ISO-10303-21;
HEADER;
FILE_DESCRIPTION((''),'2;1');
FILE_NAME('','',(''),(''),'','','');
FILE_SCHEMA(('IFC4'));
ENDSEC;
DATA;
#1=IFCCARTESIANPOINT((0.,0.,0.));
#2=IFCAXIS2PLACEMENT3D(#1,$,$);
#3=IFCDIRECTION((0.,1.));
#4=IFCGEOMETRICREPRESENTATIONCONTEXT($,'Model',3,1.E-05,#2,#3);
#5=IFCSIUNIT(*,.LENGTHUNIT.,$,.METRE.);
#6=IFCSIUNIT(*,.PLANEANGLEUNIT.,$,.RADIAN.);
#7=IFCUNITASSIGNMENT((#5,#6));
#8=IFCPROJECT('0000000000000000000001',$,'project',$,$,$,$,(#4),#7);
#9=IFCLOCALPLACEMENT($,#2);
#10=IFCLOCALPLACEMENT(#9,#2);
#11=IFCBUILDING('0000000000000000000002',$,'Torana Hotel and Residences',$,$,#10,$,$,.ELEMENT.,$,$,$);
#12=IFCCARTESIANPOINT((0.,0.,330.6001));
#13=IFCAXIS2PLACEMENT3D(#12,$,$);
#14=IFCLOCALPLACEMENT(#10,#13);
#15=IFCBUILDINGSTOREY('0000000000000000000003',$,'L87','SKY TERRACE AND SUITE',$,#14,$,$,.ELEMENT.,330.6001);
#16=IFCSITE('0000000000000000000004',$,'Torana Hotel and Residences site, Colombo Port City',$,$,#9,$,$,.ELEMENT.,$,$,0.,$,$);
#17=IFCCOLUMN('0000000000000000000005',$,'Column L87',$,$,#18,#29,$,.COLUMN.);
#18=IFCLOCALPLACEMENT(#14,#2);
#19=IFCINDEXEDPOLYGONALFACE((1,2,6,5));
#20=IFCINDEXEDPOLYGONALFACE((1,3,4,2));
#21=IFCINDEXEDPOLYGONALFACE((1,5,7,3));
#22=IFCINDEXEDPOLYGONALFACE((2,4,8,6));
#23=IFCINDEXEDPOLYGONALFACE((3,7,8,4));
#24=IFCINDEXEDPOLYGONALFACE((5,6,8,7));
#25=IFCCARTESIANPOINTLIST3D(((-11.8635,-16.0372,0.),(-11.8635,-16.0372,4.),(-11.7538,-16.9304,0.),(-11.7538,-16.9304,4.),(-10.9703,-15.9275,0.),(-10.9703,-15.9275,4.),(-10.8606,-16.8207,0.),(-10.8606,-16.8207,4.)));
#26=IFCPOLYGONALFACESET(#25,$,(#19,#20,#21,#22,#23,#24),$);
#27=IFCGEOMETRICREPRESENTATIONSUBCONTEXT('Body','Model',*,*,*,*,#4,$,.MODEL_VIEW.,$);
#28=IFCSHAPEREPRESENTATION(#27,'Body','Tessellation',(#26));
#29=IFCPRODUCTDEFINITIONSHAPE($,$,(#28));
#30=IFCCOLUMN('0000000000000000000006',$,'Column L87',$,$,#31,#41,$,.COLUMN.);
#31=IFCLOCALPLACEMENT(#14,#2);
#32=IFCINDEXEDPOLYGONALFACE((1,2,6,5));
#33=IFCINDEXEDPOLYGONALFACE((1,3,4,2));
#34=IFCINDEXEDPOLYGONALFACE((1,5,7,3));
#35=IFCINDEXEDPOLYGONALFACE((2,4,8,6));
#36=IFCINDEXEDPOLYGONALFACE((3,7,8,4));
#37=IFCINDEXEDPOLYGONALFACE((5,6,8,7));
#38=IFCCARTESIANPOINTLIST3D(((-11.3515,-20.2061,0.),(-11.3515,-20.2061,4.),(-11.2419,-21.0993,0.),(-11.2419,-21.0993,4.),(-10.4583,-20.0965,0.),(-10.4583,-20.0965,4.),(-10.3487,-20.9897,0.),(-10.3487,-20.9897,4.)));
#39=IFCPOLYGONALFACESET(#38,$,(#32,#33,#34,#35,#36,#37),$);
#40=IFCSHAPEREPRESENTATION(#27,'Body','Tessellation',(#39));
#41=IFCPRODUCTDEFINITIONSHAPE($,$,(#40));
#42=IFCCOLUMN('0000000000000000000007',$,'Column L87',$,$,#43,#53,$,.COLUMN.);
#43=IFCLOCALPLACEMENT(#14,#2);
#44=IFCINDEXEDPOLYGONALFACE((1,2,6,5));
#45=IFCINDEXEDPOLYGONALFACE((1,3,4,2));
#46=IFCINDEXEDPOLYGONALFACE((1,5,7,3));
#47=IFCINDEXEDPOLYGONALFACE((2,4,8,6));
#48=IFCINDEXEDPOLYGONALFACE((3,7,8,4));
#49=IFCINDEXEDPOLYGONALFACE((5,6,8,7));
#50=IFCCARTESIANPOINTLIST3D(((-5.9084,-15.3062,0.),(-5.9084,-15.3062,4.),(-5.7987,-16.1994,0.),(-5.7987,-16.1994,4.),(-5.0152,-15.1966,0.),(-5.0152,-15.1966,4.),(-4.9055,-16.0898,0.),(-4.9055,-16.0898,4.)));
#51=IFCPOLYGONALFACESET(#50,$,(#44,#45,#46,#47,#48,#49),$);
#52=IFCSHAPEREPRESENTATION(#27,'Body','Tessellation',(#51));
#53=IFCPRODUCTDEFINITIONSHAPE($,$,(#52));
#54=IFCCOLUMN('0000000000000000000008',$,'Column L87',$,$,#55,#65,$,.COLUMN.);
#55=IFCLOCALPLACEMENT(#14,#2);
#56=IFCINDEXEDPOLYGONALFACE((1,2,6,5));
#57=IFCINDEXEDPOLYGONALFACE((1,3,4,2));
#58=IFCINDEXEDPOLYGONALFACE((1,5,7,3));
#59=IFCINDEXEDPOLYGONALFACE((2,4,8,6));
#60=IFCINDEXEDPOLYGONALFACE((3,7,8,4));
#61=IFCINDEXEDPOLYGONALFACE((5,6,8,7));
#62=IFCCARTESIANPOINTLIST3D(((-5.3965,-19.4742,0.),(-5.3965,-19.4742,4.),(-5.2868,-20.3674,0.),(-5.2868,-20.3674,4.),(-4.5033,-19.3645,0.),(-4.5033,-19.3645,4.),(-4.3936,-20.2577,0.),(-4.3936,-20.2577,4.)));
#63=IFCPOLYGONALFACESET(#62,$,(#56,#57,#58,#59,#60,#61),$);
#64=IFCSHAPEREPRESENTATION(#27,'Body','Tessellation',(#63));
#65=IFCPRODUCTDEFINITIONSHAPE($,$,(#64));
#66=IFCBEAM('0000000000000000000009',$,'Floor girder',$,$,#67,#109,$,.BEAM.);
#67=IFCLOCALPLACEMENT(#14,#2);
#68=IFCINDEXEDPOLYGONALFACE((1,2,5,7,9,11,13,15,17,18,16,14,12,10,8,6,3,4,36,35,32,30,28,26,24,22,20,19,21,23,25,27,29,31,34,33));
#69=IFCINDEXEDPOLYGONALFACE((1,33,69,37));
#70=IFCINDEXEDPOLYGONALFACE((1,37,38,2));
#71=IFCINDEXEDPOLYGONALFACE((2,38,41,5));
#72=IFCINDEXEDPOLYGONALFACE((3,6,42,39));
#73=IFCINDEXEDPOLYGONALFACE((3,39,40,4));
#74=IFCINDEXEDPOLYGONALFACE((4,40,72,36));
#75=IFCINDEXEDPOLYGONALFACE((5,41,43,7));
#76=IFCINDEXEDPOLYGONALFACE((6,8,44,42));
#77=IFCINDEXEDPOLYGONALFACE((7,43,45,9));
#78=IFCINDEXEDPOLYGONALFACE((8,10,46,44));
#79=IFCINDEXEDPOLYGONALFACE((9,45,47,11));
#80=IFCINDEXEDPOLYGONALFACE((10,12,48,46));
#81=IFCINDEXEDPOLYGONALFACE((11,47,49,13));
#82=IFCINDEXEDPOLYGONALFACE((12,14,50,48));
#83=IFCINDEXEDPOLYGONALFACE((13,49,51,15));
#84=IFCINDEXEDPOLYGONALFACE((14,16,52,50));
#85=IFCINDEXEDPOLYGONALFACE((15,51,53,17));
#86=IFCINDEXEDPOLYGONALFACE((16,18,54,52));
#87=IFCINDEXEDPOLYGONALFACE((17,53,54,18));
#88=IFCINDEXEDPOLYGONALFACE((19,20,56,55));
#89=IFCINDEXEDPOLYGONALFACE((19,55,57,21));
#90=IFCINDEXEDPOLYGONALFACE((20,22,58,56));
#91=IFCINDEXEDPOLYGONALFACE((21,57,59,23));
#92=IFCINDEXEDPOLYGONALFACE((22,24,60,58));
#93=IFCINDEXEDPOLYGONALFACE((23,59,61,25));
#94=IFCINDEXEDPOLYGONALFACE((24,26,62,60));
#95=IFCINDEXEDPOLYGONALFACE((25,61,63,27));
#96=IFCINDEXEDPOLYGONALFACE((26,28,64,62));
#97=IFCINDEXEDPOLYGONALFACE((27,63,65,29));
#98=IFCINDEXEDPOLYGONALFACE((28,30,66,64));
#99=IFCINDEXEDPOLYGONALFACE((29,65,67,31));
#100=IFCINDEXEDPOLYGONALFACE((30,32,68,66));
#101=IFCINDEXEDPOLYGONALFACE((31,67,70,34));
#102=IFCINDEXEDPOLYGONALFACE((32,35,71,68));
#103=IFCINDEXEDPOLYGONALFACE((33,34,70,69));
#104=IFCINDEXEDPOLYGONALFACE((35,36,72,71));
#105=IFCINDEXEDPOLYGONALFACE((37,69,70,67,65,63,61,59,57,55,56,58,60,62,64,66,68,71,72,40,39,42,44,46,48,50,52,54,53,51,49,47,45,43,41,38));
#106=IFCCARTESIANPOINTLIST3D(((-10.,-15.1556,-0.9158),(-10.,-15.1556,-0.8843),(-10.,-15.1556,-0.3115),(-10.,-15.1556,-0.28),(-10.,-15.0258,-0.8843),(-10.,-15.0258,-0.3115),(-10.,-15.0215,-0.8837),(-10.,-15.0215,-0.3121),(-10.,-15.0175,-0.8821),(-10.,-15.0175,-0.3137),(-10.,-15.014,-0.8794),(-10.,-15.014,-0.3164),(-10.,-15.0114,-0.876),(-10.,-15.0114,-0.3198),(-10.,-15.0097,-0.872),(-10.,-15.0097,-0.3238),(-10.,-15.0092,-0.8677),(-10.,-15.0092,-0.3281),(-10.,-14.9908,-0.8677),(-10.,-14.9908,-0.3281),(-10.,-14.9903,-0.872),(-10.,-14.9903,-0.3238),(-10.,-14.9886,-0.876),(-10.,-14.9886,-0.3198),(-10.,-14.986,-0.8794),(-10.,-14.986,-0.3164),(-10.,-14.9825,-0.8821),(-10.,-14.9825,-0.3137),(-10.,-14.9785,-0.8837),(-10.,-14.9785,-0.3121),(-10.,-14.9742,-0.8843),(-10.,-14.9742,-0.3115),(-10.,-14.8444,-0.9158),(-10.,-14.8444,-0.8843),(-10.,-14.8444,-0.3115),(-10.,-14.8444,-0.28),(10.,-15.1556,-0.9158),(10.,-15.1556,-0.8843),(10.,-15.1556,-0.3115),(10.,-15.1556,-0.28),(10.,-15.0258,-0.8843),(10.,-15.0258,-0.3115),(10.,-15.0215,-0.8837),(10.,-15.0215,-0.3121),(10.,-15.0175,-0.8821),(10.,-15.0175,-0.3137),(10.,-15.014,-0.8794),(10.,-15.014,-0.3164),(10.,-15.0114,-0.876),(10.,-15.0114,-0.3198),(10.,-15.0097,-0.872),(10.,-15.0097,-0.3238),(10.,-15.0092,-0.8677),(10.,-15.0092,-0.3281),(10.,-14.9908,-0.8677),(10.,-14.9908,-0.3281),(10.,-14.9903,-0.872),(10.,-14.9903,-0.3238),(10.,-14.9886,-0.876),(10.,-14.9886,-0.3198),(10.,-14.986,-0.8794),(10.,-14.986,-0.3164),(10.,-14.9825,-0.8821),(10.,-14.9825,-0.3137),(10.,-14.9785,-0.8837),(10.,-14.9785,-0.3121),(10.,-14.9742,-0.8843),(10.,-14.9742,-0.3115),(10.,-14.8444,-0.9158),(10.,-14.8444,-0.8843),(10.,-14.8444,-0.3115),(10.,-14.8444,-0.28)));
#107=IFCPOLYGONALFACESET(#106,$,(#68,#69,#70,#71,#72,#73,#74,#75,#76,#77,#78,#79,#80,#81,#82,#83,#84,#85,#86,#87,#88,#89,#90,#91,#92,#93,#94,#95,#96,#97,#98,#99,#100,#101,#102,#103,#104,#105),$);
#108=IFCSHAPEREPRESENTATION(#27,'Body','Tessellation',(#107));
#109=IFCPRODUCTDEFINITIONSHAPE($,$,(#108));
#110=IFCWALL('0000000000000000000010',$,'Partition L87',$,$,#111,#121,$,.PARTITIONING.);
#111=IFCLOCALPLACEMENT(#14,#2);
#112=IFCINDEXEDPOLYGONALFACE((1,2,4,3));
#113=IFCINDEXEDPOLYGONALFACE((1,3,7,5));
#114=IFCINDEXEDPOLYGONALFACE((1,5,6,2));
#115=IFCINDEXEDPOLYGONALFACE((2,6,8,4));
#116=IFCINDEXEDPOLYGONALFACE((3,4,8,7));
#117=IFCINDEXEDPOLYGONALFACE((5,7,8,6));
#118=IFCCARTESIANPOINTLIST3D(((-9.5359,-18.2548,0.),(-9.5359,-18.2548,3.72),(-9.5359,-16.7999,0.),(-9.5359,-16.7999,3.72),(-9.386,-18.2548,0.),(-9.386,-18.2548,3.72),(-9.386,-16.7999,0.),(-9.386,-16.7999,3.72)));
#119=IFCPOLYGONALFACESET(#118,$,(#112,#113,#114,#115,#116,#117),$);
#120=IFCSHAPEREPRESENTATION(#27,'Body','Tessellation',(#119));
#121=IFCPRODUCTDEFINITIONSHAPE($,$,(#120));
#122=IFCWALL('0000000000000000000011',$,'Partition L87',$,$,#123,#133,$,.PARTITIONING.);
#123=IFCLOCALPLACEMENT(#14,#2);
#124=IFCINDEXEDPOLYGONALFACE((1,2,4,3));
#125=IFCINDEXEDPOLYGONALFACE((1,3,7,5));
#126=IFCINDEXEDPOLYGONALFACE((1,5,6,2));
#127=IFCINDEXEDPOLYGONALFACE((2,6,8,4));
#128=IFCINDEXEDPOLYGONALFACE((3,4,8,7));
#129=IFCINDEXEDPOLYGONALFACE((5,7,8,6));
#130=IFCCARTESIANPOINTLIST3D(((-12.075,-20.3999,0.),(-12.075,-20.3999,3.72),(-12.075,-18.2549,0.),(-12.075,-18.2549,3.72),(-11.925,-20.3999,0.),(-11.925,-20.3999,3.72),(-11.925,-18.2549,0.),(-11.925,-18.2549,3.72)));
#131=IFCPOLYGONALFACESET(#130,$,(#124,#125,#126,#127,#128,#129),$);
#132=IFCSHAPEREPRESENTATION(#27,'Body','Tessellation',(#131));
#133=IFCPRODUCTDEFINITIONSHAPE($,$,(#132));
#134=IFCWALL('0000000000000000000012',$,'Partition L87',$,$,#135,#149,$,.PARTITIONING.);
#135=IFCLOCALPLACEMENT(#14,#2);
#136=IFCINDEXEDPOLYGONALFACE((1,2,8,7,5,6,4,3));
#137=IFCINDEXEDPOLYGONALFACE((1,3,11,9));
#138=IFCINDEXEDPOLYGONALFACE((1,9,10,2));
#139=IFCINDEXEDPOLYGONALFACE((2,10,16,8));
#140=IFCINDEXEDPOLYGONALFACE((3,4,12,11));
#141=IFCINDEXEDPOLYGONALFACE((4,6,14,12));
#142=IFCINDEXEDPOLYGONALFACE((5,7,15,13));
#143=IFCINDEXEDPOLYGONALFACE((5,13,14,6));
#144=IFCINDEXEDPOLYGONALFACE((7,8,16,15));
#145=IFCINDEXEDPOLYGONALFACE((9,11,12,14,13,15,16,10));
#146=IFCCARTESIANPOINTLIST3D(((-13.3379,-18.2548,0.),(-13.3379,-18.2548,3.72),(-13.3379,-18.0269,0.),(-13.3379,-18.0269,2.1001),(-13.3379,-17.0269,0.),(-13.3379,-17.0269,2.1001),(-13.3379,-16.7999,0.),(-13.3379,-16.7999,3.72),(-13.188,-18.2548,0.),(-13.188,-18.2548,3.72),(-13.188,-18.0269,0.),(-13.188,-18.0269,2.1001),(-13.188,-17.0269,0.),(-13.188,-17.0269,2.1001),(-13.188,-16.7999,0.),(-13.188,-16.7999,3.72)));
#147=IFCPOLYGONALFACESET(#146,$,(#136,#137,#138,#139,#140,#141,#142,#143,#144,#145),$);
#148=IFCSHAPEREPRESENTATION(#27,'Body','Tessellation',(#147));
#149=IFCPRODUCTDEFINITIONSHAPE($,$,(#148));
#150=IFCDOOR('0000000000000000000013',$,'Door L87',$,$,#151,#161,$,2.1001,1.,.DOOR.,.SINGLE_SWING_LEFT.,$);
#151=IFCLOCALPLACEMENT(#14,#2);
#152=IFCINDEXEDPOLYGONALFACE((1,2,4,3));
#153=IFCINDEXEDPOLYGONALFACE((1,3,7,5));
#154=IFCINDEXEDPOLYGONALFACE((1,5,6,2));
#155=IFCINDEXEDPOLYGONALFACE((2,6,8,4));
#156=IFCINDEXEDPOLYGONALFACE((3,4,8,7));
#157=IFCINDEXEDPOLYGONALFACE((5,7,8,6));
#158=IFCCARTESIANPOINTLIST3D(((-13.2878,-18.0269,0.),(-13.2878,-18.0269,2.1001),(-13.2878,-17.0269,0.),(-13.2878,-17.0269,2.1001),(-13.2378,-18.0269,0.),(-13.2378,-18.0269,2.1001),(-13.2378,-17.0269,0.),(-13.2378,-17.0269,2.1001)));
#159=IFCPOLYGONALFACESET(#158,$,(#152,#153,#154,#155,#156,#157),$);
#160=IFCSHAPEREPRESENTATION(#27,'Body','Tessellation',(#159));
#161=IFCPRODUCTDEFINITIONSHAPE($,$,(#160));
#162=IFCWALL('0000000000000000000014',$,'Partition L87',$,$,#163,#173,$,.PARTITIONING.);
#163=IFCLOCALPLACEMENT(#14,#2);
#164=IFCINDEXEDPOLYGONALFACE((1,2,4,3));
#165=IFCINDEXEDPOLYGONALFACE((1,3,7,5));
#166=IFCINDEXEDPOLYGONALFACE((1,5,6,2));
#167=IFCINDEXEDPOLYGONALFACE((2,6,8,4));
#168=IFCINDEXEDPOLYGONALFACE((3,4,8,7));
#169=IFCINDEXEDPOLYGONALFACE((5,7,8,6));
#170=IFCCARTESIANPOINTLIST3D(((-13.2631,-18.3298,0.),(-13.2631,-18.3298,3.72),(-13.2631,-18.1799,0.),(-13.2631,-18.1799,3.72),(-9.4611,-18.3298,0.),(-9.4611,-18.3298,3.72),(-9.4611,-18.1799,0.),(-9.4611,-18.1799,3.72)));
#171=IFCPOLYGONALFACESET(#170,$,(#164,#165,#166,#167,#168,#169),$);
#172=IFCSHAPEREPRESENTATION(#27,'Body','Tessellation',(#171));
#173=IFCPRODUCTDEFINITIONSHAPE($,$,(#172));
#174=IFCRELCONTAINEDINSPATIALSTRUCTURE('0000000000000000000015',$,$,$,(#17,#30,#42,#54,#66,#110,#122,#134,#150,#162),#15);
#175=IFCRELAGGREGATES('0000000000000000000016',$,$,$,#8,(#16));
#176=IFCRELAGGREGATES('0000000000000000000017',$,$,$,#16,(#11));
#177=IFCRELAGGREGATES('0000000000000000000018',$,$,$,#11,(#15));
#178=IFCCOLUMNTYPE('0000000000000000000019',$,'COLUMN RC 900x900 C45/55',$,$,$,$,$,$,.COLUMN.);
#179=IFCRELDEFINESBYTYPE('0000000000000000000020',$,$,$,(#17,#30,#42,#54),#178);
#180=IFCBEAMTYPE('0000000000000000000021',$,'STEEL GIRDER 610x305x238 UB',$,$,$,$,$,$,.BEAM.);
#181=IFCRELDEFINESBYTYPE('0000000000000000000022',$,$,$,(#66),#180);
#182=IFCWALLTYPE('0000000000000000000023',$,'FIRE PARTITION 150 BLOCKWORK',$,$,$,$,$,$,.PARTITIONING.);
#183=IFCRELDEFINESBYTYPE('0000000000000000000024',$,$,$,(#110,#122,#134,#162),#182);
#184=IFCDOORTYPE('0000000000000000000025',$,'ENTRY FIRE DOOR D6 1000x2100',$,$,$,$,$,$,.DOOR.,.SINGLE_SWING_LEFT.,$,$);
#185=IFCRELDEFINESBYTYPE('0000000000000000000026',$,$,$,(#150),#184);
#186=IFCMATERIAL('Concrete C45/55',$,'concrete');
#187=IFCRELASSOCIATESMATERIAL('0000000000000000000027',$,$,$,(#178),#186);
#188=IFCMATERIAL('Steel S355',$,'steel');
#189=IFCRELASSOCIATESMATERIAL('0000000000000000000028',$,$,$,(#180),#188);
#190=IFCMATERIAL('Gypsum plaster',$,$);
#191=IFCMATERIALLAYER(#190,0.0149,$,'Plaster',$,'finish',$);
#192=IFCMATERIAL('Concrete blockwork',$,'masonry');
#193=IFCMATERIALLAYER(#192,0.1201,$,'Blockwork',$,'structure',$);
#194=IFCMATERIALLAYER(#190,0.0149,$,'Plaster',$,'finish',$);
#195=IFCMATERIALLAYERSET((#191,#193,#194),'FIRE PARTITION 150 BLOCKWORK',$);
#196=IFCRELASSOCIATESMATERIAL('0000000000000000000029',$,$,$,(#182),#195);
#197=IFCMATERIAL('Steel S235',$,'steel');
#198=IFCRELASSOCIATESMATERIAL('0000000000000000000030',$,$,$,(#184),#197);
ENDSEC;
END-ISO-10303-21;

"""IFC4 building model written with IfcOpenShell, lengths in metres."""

from ifc_helpers import new_model, si_unit, direction, frame, frame_2d, origin, origin_2d, place, context, subcontext, project, spatial, rectangle, i_section, extrude, material, layer, layer_set, material_profile, profile_set, type_object, element, fill, save


model = new_model("IFC4")

# Units and contexts
model_context = context("Model", 3, precision=1e-05, world=origin(), true_north=direction((0.0, 1.0)))
body_context = subcontext(model_context, "Body", "Model", "MODEL_VIEW")
ifc_project = project(units=[si_unit("LENGTHUNIT", "METRE"), si_unit("PLANEANGLEUNIT", "RADIAN")], contexts=[model_context])

# Site, building, storey
site_placement = place(None, origin())
site = spatial("IfcSite", under=ifc_project, at=site_placement, Name="Torana Hotel and Residences site, Colombo Port City", CompositionType="ELEMENT", RefElevation=0.0)
building_placement = place(site_placement, origin())
building = spatial("IfcBuilding", under=site, at=building_placement, Name="Torana Hotel and Residences", CompositionType="ELEMENT")
storey_placement = place(building_placement, frame((0.0, 0.0, 330.6001)))
storey = spatial("IfcBuildingStorey", under=building, at=storey_placement, Name="L87", Description="SKY TERRACE AND SUITE", CompositionType="ELEMENT", Elevation=330.6001)

# Columns
ifc_material_1 = material(Name="Concrete C45/55", Category="concrete")
ifc_material_profile_1 = material_profile(ifc_material_1, rectangle(XDim=0.8999, YDim=0.8999, at=origin_2d()), Name="RC 900x900")
ifc_profile_set_1 = profile_set([ifc_material_profile_1], Name="Concrete C45/55")
column_type = type_object("IfcColumnType", Name="COLUMN RC 900x900 C45/55", PredefinedType="COLUMN", material=ifc_profile_set_1)
for number, where, z_axis, x_axis, name in (
    (1, (-11.3621, -16.429, 0.0), (0.0, 0.0, 1.0), (0.992546, 0.121869, 0.0), "Column L87"),
    (2, (-10.8501, -20.5979, 0.0), (0.0, 0.0, 1.0), (0.992546, 0.121869, 0.0), "Column L87"),
    (3, (-5.407, -15.698, 0.0), (0.0, 0.0, 1.0), (0.992546, 0.121869, 0.0), "Column L87"),
    (4, (-4.895, -19.866, 0.0), (0.0, 0.0, 1.0), (0.992546, 0.121869, 0.0), "Column L87"),
):
    element("IfcColumn", number, at=place(storey_placement, frame(where, z_axis=z_axis, x_axis=x_axis)), inside=storey, type_object=column_type, Name=name, PredefinedType="COLUMN", context=body_context, shape_type="SweptSolid", body=[
        extrude(rectangle(XDim=0.8999, YDim=0.8999, at=origin_2d()), origin(), (0.0, 0.0, 1.0), 4.0),
    ])

# Beam
ifc_material_2 = material(Name="Steel S355", Category="steel")
ifc_material_profile_2 = material_profile(ifc_material_2, i_section(OverallWidth=0.3113, OverallDepth=0.6357, WebThickness=0.0183, FlangeThickness=0.0315, FilletRadius=0.0166, at=origin_2d()), Name="610x305x238 UB")
ifc_profile_set_2 = profile_set([ifc_material_profile_2], Name="Steel S355")
beam_type = type_object("IfcBeamType", Name="STEEL GIRDER 610x305x238 UB", PredefinedType="BEAM", material=ifc_profile_set_2)
beam_placement = place(storey_placement, frame((-10.0, -15.0, -0.5979), z_axis=(1.0, 0.0, 0.0), x_axis=(0.0, 1.0, 0.0)))
element("IfcBeam", 5, at=beam_placement, inside=storey, type_object=beam_type, Name="Floor girder", PredefinedType="BEAM", context=body_context, shape_type="SweptSolid", body=[
    extrude(i_section(OverallWidth=0.3113, OverallDepth=0.6357, WebThickness=0.0183, FlangeThickness=0.0315, FilletRadius=0.0166, at=origin_2d()), origin(), (0.0, 0.0, 1.0), 20.0),
])

# Walls
ifc_material_3 = material(Name="Gypsum plaster")
ifc_layer_1 = layer(ifc_material_3, 0.0149, Name="Plaster", Category="finish")
ifc_material_4 = material(Name="Concrete blockwork", Category="masonry")
ifc_layer_2 = layer(ifc_material_4, 0.1201, Name="Blockwork", Category="structure")
ifc_layer_3 = layer(ifc_material_3, 0.0149, Name="Plaster", Category="finish")
ifc_layer_set_1 = layer_set([ifc_layer_1, ifc_layer_2, ifc_layer_3], Name="FIRE PARTITION 150 BLOCKWORK")
wall_type_1 = type_object("IfcWallType", Name="FIRE PARTITION 150 BLOCKWORK", PredefinedType="PARTITIONING", material=ifc_layer_set_1)
wall_1_placement = place(storey_placement, frame((-9.4609, -18.2549, 0.0), z_axis=(0.0, 0.0, 1.0), x_axis=(0.0, 1.0, 0.0)))
element("IfcWall", 6, at=wall_1_placement, inside=storey, type_object=wall_type_1, Name="Partition L87", PredefinedType="PARTITIONING", context=body_context, shape_type="SweptSolid", body=[
    extrude(rectangle(XDim=1.4548, YDim=0.1499, at=frame_2d((0.7275, 0.0))), origin(), (0.0, 0.0, 1.0), 3.72),
])
wall_2_placement = place(storey_placement, frame((-12.0, -20.3999, 0.0), z_axis=(0.0, 0.0, 1.0), x_axis=(0.0, 1.0, 0.0)))
element("IfcWall", 7, at=wall_2_placement, inside=storey, type_object=wall_type_1, Name="Partition L87", PredefinedType="PARTITIONING", context=body_context, shape_type="SweptSolid", body=[
    extrude(rectangle(XDim=2.145, YDim=0.1499, at=frame_2d((1.0725, 0.0))), origin(), (0.0, 0.0, 1.0), 3.72),
])

# Wall, opening, door
wall_3_placement = place(storey_placement, frame((-13.2629, -18.2549, 0.0), z_axis=(0.0, 0.0, 1.0), x_axis=(0.0, 1.0, 0.0)))
wall_3 = element("IfcWall", 8, at=wall_3_placement, inside=storey, type_object=wall_type_1, Name="Partition L87", PredefinedType="PARTITIONING", context=body_context, shape_type="SweptSolid", body=[
    extrude(rectangle(XDim=1.4548, YDim=0.1499, at=frame_2d((0.7275, 0.0))), origin(), (0.0, 0.0, 1.0), 3.72),
])
opening_1_placement = place(wall_3_placement, frame((0.228, 0.0, 0.0)))
opening_1 = element("IfcOpeningElement", 9, at=opening_1_placement, cuts=wall_3, PredefinedType="OPENING", context=body_context, shape_type="SweptSolid", body=[
    extrude(rectangle(XDim=1.0, YDim=2.1001, at=frame_2d((0.5, 1.05))), frame((0.0, 0.085, 0.0), z_axis=(0.0, -1.0, 0.0), x_axis=(1.0, 0.0, 0.0)), (0.0, 0.0, 1.0), 0.1699),
])
ifc_material_5 = material(Name="Steel S235", Category="steel")
door_type_1 = type_object("IfcDoorType", Name="ENTRY FIRE DOOR D6 1000x2100", OperationType="SINGLE_SWING_LEFT", PredefinedType="DOOR", material=ifc_material_5)
door_1_placement = place(opening_1_placement, frame((0.5, 0.0, 0.0), z_axis=(0.0, 0.0, 1.0), x_axis=(-1.0, 0.0, 0.0)))
door_1 = element("IfcDoor", 10, at=door_1_placement, inside=storey, type_object=door_type_1, Name="Door L87", OperationType="SINGLE_SWING_LEFT", OverallHeight=2.1001, OverallWidth=1.0, PredefinedType="DOOR", context=body_context, shape_type="SweptSolid", body=[
    extrude(rectangle(XDim=1.0, YDim=2.1001, at=frame_2d((0.0, 1.05))), frame((0.0, -0.0249, 0.0), z_axis=(0.0, 1.0, 0.0), x_axis=(-1.0, 0.0, 0.0)), (0.0, 0.0, 1.0), 0.05),
])
fill(opening_1, door_1)

# Wall
wall_4_placement = place(storey_placement, frame((-13.2629, -18.2549, 0.0), z_axis=(0.0, 0.0, 1.0), x_axis=(1.0, 0.0, 0.0)))
element("IfcWall", 11, at=wall_4_placement, inside=storey, type_object=wall_type_1, Name="Partition L87", PredefinedType="PARTITIONING", context=body_context, shape_type="SweptSolid", body=[
    extrude(rectangle(XDim=3.802, YDim=0.1499, at=frame_2d((1.9009, 0.0))), origin(), (0.0, 0.0, 1.0), 3.72),
])

save(model, "model.ifc")
